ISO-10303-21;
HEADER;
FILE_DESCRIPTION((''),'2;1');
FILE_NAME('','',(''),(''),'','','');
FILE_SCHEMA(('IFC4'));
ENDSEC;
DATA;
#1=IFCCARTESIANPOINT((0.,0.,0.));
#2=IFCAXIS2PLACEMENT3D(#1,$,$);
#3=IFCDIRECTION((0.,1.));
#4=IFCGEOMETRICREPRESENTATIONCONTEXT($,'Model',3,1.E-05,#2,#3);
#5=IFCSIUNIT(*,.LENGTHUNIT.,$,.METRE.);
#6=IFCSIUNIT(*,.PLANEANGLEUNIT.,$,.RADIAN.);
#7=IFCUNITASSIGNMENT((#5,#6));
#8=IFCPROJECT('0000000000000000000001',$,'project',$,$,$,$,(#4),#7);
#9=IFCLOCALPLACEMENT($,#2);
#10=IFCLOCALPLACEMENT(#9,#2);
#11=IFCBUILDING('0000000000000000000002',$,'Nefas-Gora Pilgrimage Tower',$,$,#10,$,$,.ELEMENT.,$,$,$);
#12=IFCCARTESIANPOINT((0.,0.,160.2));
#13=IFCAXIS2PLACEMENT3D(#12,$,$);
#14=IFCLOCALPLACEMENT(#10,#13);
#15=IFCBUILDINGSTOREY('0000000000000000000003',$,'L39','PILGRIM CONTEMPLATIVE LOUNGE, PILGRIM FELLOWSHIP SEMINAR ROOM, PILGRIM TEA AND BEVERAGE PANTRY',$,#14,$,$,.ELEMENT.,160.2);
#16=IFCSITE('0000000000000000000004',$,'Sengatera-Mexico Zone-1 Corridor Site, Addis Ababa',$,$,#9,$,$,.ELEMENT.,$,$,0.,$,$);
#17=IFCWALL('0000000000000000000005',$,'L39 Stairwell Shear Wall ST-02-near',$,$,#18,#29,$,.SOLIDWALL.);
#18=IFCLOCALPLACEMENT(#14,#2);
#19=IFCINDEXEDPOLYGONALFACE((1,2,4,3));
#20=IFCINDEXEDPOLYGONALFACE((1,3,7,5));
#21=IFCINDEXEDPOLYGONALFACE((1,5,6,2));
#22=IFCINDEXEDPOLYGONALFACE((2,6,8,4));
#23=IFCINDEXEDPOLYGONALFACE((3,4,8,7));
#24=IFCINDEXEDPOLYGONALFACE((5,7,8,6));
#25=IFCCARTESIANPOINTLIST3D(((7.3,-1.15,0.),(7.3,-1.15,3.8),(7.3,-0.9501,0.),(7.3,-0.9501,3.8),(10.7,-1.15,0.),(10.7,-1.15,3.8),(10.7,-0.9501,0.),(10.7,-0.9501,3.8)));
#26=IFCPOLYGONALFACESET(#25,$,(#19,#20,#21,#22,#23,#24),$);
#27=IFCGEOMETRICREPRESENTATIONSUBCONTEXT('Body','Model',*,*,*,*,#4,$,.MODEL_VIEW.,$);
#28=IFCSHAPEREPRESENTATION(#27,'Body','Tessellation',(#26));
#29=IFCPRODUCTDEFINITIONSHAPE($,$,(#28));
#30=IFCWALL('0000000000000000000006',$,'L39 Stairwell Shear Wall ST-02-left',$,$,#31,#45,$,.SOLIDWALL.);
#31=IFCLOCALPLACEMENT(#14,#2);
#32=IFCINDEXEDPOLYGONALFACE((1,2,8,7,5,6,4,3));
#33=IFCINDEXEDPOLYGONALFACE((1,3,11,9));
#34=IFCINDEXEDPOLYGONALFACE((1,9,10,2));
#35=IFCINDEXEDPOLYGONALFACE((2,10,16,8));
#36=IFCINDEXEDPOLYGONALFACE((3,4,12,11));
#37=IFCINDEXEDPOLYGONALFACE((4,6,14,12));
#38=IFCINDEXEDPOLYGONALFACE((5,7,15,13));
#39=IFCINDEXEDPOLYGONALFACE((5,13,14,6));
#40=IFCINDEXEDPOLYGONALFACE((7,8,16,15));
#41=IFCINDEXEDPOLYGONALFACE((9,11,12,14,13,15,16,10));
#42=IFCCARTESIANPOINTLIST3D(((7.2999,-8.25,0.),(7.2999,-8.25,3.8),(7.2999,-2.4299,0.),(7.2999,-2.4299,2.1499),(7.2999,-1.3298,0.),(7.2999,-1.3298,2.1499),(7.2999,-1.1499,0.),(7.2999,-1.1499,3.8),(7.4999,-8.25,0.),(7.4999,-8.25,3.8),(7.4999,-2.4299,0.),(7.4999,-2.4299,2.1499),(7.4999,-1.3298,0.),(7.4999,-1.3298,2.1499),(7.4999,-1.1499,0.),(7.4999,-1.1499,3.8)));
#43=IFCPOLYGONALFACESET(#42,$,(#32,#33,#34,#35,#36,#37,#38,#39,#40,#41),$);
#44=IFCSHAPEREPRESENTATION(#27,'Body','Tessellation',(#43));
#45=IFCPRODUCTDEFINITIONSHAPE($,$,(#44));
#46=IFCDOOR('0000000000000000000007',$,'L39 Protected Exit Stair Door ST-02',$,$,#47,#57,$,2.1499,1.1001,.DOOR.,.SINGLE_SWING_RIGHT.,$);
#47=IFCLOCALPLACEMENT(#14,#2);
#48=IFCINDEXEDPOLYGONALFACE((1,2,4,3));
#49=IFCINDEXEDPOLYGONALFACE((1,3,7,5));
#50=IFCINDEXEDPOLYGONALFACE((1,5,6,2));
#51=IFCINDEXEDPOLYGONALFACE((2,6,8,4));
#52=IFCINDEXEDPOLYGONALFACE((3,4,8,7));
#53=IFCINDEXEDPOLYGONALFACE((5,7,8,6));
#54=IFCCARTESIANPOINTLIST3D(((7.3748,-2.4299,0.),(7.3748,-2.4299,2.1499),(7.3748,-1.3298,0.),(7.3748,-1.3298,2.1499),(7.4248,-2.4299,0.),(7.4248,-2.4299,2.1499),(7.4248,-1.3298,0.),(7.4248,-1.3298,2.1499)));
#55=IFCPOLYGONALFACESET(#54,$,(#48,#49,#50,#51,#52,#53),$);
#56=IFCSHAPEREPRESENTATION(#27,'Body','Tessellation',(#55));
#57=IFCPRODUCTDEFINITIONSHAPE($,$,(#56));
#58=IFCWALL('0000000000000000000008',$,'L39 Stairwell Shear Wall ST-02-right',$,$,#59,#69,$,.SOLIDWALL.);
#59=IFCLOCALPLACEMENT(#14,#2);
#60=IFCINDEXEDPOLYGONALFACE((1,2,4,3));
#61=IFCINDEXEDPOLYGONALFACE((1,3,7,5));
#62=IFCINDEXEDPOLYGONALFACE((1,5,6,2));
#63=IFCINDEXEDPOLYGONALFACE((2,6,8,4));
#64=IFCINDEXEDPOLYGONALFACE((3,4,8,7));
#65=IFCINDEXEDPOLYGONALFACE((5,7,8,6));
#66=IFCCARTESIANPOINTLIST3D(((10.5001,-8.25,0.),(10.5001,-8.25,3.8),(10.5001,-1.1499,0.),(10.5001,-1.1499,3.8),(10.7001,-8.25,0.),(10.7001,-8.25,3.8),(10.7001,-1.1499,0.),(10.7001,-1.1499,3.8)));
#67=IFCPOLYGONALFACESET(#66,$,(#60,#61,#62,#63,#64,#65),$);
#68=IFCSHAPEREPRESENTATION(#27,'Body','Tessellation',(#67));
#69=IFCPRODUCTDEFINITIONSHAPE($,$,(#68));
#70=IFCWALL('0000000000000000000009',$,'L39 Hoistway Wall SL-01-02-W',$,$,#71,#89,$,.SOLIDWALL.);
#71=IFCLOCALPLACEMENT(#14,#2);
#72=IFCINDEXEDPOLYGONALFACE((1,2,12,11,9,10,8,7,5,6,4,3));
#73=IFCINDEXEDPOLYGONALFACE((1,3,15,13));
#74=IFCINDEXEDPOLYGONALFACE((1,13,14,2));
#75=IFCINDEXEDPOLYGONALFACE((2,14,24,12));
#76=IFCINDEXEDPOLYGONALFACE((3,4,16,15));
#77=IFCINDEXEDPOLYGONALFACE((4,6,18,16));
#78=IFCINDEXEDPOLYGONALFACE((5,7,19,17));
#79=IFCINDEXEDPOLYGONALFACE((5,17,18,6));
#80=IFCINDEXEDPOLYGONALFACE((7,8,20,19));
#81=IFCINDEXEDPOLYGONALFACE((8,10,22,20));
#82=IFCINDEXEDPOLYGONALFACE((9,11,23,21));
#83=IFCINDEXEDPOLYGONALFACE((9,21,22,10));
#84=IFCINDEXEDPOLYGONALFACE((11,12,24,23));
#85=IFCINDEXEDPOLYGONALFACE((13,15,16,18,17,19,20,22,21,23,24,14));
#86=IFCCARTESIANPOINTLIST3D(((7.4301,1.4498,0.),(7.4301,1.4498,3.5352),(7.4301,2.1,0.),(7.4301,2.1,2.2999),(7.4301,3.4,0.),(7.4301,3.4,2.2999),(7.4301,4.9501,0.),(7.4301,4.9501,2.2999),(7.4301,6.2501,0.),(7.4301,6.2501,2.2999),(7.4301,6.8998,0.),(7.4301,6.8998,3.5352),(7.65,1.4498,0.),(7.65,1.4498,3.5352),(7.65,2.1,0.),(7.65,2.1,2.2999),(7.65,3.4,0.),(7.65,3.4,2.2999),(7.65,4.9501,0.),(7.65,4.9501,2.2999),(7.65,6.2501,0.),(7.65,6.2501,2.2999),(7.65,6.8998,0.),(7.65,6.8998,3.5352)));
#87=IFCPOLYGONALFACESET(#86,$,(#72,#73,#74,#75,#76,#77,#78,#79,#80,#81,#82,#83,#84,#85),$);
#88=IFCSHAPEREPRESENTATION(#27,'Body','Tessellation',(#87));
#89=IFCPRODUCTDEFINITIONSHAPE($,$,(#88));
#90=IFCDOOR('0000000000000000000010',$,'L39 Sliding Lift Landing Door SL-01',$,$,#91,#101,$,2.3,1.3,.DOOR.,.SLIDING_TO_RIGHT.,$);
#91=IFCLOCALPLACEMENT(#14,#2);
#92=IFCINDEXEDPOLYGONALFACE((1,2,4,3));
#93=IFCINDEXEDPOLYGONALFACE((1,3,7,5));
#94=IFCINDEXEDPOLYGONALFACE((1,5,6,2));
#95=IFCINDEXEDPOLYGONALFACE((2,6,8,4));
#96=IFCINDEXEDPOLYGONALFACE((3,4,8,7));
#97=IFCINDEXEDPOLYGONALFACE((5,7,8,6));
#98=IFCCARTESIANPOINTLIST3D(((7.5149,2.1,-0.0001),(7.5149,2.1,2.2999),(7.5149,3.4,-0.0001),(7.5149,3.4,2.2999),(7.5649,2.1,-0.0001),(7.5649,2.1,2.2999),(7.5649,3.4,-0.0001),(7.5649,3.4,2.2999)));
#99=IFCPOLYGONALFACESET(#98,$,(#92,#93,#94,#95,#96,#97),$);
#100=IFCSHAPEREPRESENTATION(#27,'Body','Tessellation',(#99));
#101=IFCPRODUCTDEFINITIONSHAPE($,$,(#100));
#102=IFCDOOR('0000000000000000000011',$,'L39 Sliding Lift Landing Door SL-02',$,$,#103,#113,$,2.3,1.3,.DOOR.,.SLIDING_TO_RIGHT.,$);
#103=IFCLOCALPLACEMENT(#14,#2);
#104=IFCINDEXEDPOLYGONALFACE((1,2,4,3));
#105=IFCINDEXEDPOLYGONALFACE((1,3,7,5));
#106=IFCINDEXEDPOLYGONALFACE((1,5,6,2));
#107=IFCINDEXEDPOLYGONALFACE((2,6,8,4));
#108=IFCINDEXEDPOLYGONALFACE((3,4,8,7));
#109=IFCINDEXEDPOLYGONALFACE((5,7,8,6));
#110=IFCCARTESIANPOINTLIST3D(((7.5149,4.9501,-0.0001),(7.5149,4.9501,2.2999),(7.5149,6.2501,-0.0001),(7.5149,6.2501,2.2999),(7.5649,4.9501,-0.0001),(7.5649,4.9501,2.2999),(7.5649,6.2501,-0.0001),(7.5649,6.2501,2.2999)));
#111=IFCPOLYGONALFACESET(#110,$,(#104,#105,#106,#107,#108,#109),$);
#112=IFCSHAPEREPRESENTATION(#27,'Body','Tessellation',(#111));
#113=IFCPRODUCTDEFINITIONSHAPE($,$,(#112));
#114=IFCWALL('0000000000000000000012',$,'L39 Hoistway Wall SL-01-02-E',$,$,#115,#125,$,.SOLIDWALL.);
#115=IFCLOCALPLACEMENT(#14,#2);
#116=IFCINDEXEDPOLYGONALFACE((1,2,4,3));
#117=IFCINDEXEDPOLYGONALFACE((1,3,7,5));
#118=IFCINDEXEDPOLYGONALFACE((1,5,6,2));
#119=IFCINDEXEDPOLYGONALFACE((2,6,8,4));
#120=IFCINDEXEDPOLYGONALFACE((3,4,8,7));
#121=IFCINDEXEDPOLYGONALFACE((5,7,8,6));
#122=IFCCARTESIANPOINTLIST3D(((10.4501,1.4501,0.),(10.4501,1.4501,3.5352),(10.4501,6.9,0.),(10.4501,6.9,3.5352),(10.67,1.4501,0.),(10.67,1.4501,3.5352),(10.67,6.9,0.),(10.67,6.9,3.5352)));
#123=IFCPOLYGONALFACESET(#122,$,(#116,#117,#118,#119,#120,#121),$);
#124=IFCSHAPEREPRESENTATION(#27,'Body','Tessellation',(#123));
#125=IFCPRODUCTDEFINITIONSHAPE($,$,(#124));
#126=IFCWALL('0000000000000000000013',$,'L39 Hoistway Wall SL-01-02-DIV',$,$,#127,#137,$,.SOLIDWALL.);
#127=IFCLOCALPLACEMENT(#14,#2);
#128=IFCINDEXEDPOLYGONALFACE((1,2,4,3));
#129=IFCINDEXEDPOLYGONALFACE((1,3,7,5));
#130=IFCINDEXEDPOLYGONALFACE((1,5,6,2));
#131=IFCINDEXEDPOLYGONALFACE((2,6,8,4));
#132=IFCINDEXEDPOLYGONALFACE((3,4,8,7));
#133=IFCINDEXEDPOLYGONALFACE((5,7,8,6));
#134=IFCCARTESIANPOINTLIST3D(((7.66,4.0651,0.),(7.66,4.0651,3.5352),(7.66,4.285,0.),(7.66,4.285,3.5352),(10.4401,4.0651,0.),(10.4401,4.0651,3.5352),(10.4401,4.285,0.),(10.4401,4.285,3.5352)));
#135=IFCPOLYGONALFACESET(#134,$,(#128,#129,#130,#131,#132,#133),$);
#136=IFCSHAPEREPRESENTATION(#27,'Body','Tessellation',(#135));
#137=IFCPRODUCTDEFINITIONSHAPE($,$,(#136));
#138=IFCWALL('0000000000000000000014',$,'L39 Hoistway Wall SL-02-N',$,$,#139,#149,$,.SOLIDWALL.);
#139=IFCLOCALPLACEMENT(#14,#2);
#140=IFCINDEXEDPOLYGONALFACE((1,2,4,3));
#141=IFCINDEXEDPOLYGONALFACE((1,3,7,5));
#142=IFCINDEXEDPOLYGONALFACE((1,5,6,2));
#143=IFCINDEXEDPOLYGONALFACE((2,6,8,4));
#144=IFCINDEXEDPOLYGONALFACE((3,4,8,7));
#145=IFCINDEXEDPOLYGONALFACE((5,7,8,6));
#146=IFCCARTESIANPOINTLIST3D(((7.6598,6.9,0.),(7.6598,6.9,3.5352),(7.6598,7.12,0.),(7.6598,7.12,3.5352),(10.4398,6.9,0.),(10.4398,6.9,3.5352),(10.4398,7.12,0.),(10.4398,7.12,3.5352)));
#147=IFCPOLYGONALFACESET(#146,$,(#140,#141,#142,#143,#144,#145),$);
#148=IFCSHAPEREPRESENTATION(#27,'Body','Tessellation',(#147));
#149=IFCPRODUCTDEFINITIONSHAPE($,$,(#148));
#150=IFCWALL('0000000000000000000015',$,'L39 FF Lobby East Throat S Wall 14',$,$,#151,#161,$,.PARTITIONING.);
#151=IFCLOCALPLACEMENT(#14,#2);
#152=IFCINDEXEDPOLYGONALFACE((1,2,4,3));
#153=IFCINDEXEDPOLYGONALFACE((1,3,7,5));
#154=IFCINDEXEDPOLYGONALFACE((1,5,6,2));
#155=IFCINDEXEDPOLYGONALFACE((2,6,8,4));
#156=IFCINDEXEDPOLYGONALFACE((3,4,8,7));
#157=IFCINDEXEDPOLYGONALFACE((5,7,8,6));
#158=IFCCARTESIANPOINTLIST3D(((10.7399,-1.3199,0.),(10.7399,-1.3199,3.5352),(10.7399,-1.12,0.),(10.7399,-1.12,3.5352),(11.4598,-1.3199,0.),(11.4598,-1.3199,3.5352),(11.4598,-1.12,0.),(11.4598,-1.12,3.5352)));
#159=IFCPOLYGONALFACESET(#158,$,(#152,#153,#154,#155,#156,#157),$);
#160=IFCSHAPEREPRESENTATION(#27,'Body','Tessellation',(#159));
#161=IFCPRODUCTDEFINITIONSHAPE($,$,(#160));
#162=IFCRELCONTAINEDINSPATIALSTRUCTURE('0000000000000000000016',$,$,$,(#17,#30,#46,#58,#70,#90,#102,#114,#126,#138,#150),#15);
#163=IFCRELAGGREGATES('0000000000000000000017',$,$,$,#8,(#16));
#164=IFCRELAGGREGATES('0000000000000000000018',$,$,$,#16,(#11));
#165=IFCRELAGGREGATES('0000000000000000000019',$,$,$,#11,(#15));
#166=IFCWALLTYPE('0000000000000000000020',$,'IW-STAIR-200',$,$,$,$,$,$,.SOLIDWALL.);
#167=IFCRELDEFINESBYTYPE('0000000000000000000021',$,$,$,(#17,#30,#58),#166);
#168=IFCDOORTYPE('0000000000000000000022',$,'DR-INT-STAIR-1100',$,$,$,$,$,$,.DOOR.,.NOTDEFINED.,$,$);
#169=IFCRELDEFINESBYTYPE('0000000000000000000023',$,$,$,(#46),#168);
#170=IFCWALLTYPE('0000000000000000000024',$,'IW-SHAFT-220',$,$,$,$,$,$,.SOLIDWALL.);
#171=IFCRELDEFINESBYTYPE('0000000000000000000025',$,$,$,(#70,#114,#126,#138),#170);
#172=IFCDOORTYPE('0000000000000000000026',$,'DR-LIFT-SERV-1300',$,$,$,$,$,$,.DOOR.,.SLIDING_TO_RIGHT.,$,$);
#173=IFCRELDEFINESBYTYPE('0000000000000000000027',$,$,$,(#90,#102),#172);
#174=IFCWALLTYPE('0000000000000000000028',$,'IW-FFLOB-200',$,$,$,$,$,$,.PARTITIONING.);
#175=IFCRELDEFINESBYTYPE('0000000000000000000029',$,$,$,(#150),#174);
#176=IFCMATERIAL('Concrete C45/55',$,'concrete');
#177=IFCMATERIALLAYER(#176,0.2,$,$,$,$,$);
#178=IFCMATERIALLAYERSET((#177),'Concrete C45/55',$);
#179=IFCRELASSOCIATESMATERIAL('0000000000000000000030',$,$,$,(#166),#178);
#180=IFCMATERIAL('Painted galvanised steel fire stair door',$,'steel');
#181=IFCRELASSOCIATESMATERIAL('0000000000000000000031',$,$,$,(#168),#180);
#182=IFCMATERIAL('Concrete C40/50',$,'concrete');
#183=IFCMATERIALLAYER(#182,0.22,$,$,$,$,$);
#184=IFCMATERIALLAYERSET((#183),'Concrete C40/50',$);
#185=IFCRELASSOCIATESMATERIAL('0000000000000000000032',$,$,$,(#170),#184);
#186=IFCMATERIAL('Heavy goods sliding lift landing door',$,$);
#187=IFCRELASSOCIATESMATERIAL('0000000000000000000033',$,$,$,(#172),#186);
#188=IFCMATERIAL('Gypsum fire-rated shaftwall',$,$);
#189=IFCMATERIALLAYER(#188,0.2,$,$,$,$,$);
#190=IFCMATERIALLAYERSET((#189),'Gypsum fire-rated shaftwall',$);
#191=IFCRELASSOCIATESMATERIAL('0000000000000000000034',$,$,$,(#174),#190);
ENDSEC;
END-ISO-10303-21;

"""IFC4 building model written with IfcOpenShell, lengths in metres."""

from ifc_helpers import new_model, si_unit, direction, frame, frame_2d, origin, place, context, subcontext, project, spatial, rectangle, extrude, source, transform, mapped, material, layer, layer_set, type_object, element, fill, save


model = new_model("IFC4")

# Units and contexts
model_context = context("Model", 3, precision=1e-05, world=origin(), true_north=direction((0.0, 1.0)))
body_context = subcontext(model_context, "Body", "Model", "MODEL_VIEW")
ifc_project = project(units=[si_unit("LENGTHUNIT", "METRE"), si_unit("PLANEANGLEUNIT", "RADIAN")], contexts=[model_context])

# Site, building, storey
site_placement = place(None, origin())
site = spatial("IfcSite", under=ifc_project, at=site_placement, Name="Sengatera-Mexico Zone-1 Corridor Site, Addis Ababa", CompositionType="ELEMENT", RefElevation=0.0)
building_placement = place(site_placement, origin())
building = spatial("IfcBuilding", under=site, at=building_placement, Name="Nefas-Gora Pilgrimage Tower", CompositionType="ELEMENT")
storey_placement = place(building_placement, frame((0.0, 0.0, 160.2)))
storey = spatial("IfcBuildingStorey", under=building, at=storey_placement, Name="L39", Description="PILGRIM CONTEMPLATIVE LOUNGE, PILGRIM FELLOWSHIP SEMINAR ROOM, PILGRIM TEA AND BEVERAGE PANTRY", CompositionType="ELEMENT", Elevation=160.2)

# Wall
ifc_material_1 = material(Name="Concrete C45/55", Category="concrete")
ifc_layer_1 = layer(ifc_material_1, 0.2)
ifc_layer_set_1 = layer_set([ifc_layer_1], Name="Concrete C45/55")
wall_type_1 = type_object("IfcWallType", Name="IW-STAIR-200", PredefinedType="SOLIDWALL", material=ifc_layer_set_1)
shared_shape_1 = source(origin(), body_context, "Body", "SweptSolid", [
    extrude(rectangle(XDim=3.3999, YDim=0.2, at=frame_2d((1.7, 0.0))), origin(), (0.0, 0.0, 1.0), 3.8),
])
wall_1_placement = place(storey_placement, frame((7.3, -1.05, 0.0), z_axis=(0.0, 0.0, 1.0), x_axis=(1.0, 0.0, 0.0)))
element("IfcWall", 1, at=wall_1_placement, inside=storey, type_object=wall_type_1, Name="L39 Stairwell Shear Wall ST-02-near", PredefinedType="SOLIDWALL", context=body_context, shape_type="MappedRepresentation", body=[
    mapped(shared_shape_1, transform((0.0, 0.0, 0.0), x_axis=(1.0, 0.0, 0.0), y_axis=(0.0, 1.0, 0.0), z_axis=(0.0, 0.0, 1.0), scale=1.0)),
])

# Wall, opening, door
shared_shape_2 = source(origin(), body_context, "Body", "SweptSolid", [
    extrude(rectangle(XDim=7.1001, YDim=0.2, at=frame_2d((3.55, 0.0))), origin(), (0.0, 0.0, 1.0), 3.8),
])
wall_2_placement = place(storey_placement, frame((7.3999, -1.1499, 0.0), z_axis=(0.0, 0.0, 1.0), x_axis=(0.0, -1.0, 0.0)))
wall_2 = element("IfcWall", 2, at=wall_2_placement, inside=storey, type_object=wall_type_1, Name="L39 Stairwell Shear Wall ST-02-left", PredefinedType="SOLIDWALL", context=body_context, shape_type="MappedRepresentation", body=[
    mapped(shared_shape_2, transform((0.0, 0.0, 0.0), x_axis=(1.0, 0.0, 0.0), y_axis=(0.0, 1.0, 0.0), z_axis=(0.0, 0.0, 1.0), scale=1.0)),
])
opening_1_placement = place(wall_2_placement, frame((0.1799, 0.0, 0.0)))
opening_1 = element("IfcOpeningElement", 3, at=opening_1_placement, cuts=wall_2, PredefinedType="OPENING", context=body_context, shape_type="SweptSolid", body=[
    extrude(rectangle(XDim=1.1001, YDim=2.1499, at=frame_2d((0.55, 1.075))), frame((0.0, 0.1099, 0.0), z_axis=(0.0, -1.0, 0.0), x_axis=(1.0, 0.0, 0.0)), (0.0, 0.0, 1.0), 0.22),
])
ifc_material_2 = material(Name="Painted galvanised steel fire stair door", Category="steel")
door_type_1 = type_object("IfcDoorType", Name="DR-INT-STAIR-1100", OperationType="NOTDEFINED", PredefinedType="DOOR", material=ifc_material_2)
shared_shape_3 = source(origin(), body_context, "Body", "SweptSolid", [
    extrude(rectangle(XDim=1.1001, YDim=2.1499, at=frame_2d((0.55, 1.075))), frame((0.0, 0.0249, 0.0), z_axis=(0.0, -1.0, 0.0), x_axis=(1.0, 0.0, 0.0)), (0.0, 0.0, 1.0), 0.05),
])
door_1_placement = place(opening_1_placement, origin())
door_1 = element("IfcDoor", 4, at=door_1_placement, inside=storey, type_object=door_type_1, Name="L39 Protected Exit Stair Door ST-02", OperationType="SINGLE_SWING_RIGHT", OverallHeight=2.1499, OverallWidth=1.1001, PredefinedType="DOOR", context=body_context, shape_type="MappedRepresentation", body=[
    mapped(shared_shape_3, transform((0.0, 0.0, 0.0), x_axis=(1.0, 0.0, 0.0), y_axis=(0.0, 1.0, 0.0), z_axis=(0.0, 0.0, 1.0), scale=1.0)),
])
fill(opening_1, door_1)

# Wall
wall_3_placement = place(storey_placement, frame((10.6001, -1.1499, 0.0), z_axis=(0.0, 0.0, 1.0), x_axis=(0.0, -1.0, 0.0)))
element("IfcWall", 5, at=wall_3_placement, inside=storey, type_object=wall_type_1, Name="L39 Stairwell Shear Wall ST-02-right", PredefinedType="SOLIDWALL", context=body_context, shape_type="MappedRepresentation", body=[
    mapped(shared_shape_2, transform((0.0, 0.0, 0.0), x_axis=(1.0, 0.0, 0.0), y_axis=(0.0, 1.0, 0.0), z_axis=(0.0, 0.0, 1.0), scale=1.0)),
])

# Wall, openings, doors
ifc_material_3 = material(Name="Concrete C40/50", Category="concrete")
ifc_layer_2 = layer(ifc_material_3, 0.22)
ifc_layer_set_2 = layer_set([ifc_layer_2], Name="Concrete C40/50")
wall_type_2 = type_object("IfcWallType", Name="IW-SHAFT-220", PredefinedType="SOLIDWALL", material=ifc_layer_set_2)
shared_shape_4 = source(origin(), body_context, "Body", "SweptSolid", [
    extrude(rectangle(XDim=5.45, YDim=0.22, at=frame_2d((2.7251, 0.0))), origin(), (0.0, 0.0, 1.0), 3.5352),
])
wall_4_placement = place(storey_placement, frame((7.54, 6.8999, 0.0), z_axis=(0.0, 0.0, 1.0), x_axis=(0.0, -1.0, 0.0)))
wall_4 = element("IfcWall", 6, at=wall_4_placement, inside=storey, type_object=wall_type_2, Name="L39 Hoistway Wall SL-01-02-W", PredefinedType="SOLIDWALL", context=body_context, shape_type="MappedRepresentation", body=[
    mapped(shared_shape_4, transform((0.0, 0.0, 0.0), x_axis=(1.0, 0.0, 0.0), y_axis=(0.0, 1.0, 0.0), z_axis=(0.0, 0.0, 1.0), scale=1.0)),
])
opening_2_placement = place(wall_4_placement, frame((3.5, 0.0, 0.0)))
opening_2 = element("IfcOpeningElement", 7, at=opening_2_placement, cuts=wall_4, PredefinedType="OPENING", context=body_context, shape_type="SweptSolid", body=[
    extrude(rectangle(XDim=1.3, YDim=2.3, at=frame_2d((0.6499, 1.1499))), frame((0.0, 0.1199, 0.0), z_axis=(0.0, -1.0, 0.0), x_axis=(1.0, 0.0, 0.0)), (0.0, 0.0, 1.0), 0.24),
])
opening_3_placement = place(wall_4_placement, frame((0.6499, 0.0, 0.0)))
opening_3 = element("IfcOpeningElement", 8, at=opening_3_placement, cuts=wall_4, PredefinedType="OPENING", context=body_context, shape_type="SweptSolid", body=[
    extrude(rectangle(XDim=1.3, YDim=2.3, at=frame_2d((0.6499, 1.1499))), frame((0.0, 0.1199, 0.0), z_axis=(0.0, -1.0, 0.0), x_axis=(1.0, 0.0, 0.0)), (0.0, 0.0, 1.0), 0.24),
])
ifc_material_4 = material(Name="Heavy goods sliding lift landing door")
door_type_2 = type_object("IfcDoorType", Name="DR-LIFT-SERV-1300", OperationType="SLIDING_TO_RIGHT", PredefinedType="DOOR", material=ifc_material_4)
shared_shape_5 = source(origin(), body_context, "Body", "SweptSolid", [
    extrude(rectangle(XDim=1.3, YDim=2.3, at=frame_2d((0.6499, 1.1499))), frame((0.0, 0.0249, 0.0), z_axis=(0.0, -1.0, 0.0), x_axis=(1.0, 0.0, 0.0)), (0.0, 0.0, 1.0), 0.05),
])
door_2_placement = place(opening_2_placement, origin())
door_2 = element("IfcDoor", 9, at=door_2_placement, inside=storey, type_object=door_type_2, Name="L39 Sliding Lift Landing Door SL-01", OperationType="SLIDING_TO_RIGHT", OverallHeight=2.3, OverallWidth=1.3, PredefinedType="DOOR", context=body_context, shape_type="MappedRepresentation", body=[
    mapped(shared_shape_5, transform((0.0, 0.0, 0.0), x_axis=(1.0, 0.0, 0.0), y_axis=(0.0, 1.0, 0.0), z_axis=(0.0, 0.0, 1.0), scale=1.0)),
])
fill(opening_2, door_2)
door_3_placement = place(opening_3_placement, origin())
door_3 = element("IfcDoor", 10, at=door_3_placement, inside=storey, type_object=door_type_2, Name="L39 Sliding Lift Landing Door SL-02", OperationType="SLIDING_TO_RIGHT", OverallHeight=2.3, OverallWidth=1.3, PredefinedType="DOOR", context=body_context, shape_type="MappedRepresentation", body=[
    mapped(shared_shape_5, transform((0.0, 0.0, 0.0), x_axis=(1.0, 0.0, 0.0), y_axis=(0.0, 1.0, 0.0), z_axis=(0.0, 0.0, 1.0), scale=1.0)),
])
fill(opening_3, door_3)

# Walls
wall_5_placement = place(storey_placement, frame((10.5601, 1.45, 0.0), z_axis=(0.0, 0.0, 1.0), x_axis=(0.0, 1.0, 0.0)))
element("IfcWall", 11, at=wall_5_placement, inside=storey, type_object=wall_type_2, Name="L39 Hoistway Wall SL-01-02-E", PredefinedType="SOLIDWALL", context=body_context, shape_type="MappedRepresentation", body=[
    mapped(shared_shape_4, transform((0.0, 0.0, 0.0), x_axis=(1.0, 0.0, 0.0), y_axis=(0.0, 1.0, 0.0), z_axis=(0.0, 0.0, 1.0), scale=1.0)),
])
shared_shape_6 = source(origin(), body_context, "Body", "SweptSolid", [
    extrude(rectangle(XDim=2.78, YDim=0.22, at=frame_2d((1.3901, 0.0))), origin(), (0.0, 0.0, 1.0), 3.5352),
])
for number, where, z_axis, x_axis, name in (
    (12, (7.6599, 4.175, 0.0), (0.0, 0.0, 1.0), (1.0, 0.0, 0.0), "L39 Hoistway Wall SL-01-02-DIV"),
    (13, (10.4399, 7.01, 0.0), (0.0, 0.0, 1.0), (-1.0, 0.0, 0.0), "L39 Hoistway Wall SL-02-N"),
):
    element("IfcWall", number, at=place(storey_placement, frame(where, z_axis=z_axis, x_axis=x_axis)), inside=storey, type_object=wall_type_2, Name=name, PredefinedType="SOLIDWALL", context=body_context, shape_type="MappedRepresentation", body=[
        mapped(shared_shape_6, transform((0.0, 0.0, 0.0), x_axis=(1.0, 0.0, 0.0), y_axis=(0.0, 1.0, 0.0), z_axis=(0.0, 0.0, 1.0), scale=1.0)),
    ])

# Shared definitions
ifc_material_5 = material(Name="Gypsum fire-rated shaftwall")
ifc_layer_3 = layer(ifc_material_5, 0.2)
ifc_layer_set_3 = layer_set([ifc_layer_3], Name="Gypsum fire-rated shaftwall")
wall_type_3 = type_object("IfcWallType", Name="IW-FFLOB-200", PredefinedType="PARTITIONING", material=ifc_layer_set_3)

# Wall
shared_shape_7 = source(origin(), body_context, "Body", "SweptSolid", [
    extrude(rectangle(XDim=0.72, YDim=0.2, at=frame_2d((0.3599, 0.0))), origin(), (0.0, 0.0, 1.0), 3.5352),
])
wall_6_placement = place(storey_placement, frame((10.74, -1.22, 0.0), z_axis=(0.0, 0.0, 1.0), x_axis=(1.0, 0.0, 0.0)))
element("IfcWall", 14, at=wall_6_placement, inside=storey, type_object=wall_type_3, Name="L39 FF Lobby East Throat S Wall 14", PredefinedType="PARTITIONING", context=body_context, shape_type="MappedRepresentation", body=[
    mapped(shared_shape_7, transform((0.0, 0.0, 0.0), x_axis=(1.0, 0.0, 0.0), y_axis=(0.0, 1.0, 0.0), z_axis=(0.0, 0.0, 1.0), scale=1.0)),
])

save(model, "model.ifc")
